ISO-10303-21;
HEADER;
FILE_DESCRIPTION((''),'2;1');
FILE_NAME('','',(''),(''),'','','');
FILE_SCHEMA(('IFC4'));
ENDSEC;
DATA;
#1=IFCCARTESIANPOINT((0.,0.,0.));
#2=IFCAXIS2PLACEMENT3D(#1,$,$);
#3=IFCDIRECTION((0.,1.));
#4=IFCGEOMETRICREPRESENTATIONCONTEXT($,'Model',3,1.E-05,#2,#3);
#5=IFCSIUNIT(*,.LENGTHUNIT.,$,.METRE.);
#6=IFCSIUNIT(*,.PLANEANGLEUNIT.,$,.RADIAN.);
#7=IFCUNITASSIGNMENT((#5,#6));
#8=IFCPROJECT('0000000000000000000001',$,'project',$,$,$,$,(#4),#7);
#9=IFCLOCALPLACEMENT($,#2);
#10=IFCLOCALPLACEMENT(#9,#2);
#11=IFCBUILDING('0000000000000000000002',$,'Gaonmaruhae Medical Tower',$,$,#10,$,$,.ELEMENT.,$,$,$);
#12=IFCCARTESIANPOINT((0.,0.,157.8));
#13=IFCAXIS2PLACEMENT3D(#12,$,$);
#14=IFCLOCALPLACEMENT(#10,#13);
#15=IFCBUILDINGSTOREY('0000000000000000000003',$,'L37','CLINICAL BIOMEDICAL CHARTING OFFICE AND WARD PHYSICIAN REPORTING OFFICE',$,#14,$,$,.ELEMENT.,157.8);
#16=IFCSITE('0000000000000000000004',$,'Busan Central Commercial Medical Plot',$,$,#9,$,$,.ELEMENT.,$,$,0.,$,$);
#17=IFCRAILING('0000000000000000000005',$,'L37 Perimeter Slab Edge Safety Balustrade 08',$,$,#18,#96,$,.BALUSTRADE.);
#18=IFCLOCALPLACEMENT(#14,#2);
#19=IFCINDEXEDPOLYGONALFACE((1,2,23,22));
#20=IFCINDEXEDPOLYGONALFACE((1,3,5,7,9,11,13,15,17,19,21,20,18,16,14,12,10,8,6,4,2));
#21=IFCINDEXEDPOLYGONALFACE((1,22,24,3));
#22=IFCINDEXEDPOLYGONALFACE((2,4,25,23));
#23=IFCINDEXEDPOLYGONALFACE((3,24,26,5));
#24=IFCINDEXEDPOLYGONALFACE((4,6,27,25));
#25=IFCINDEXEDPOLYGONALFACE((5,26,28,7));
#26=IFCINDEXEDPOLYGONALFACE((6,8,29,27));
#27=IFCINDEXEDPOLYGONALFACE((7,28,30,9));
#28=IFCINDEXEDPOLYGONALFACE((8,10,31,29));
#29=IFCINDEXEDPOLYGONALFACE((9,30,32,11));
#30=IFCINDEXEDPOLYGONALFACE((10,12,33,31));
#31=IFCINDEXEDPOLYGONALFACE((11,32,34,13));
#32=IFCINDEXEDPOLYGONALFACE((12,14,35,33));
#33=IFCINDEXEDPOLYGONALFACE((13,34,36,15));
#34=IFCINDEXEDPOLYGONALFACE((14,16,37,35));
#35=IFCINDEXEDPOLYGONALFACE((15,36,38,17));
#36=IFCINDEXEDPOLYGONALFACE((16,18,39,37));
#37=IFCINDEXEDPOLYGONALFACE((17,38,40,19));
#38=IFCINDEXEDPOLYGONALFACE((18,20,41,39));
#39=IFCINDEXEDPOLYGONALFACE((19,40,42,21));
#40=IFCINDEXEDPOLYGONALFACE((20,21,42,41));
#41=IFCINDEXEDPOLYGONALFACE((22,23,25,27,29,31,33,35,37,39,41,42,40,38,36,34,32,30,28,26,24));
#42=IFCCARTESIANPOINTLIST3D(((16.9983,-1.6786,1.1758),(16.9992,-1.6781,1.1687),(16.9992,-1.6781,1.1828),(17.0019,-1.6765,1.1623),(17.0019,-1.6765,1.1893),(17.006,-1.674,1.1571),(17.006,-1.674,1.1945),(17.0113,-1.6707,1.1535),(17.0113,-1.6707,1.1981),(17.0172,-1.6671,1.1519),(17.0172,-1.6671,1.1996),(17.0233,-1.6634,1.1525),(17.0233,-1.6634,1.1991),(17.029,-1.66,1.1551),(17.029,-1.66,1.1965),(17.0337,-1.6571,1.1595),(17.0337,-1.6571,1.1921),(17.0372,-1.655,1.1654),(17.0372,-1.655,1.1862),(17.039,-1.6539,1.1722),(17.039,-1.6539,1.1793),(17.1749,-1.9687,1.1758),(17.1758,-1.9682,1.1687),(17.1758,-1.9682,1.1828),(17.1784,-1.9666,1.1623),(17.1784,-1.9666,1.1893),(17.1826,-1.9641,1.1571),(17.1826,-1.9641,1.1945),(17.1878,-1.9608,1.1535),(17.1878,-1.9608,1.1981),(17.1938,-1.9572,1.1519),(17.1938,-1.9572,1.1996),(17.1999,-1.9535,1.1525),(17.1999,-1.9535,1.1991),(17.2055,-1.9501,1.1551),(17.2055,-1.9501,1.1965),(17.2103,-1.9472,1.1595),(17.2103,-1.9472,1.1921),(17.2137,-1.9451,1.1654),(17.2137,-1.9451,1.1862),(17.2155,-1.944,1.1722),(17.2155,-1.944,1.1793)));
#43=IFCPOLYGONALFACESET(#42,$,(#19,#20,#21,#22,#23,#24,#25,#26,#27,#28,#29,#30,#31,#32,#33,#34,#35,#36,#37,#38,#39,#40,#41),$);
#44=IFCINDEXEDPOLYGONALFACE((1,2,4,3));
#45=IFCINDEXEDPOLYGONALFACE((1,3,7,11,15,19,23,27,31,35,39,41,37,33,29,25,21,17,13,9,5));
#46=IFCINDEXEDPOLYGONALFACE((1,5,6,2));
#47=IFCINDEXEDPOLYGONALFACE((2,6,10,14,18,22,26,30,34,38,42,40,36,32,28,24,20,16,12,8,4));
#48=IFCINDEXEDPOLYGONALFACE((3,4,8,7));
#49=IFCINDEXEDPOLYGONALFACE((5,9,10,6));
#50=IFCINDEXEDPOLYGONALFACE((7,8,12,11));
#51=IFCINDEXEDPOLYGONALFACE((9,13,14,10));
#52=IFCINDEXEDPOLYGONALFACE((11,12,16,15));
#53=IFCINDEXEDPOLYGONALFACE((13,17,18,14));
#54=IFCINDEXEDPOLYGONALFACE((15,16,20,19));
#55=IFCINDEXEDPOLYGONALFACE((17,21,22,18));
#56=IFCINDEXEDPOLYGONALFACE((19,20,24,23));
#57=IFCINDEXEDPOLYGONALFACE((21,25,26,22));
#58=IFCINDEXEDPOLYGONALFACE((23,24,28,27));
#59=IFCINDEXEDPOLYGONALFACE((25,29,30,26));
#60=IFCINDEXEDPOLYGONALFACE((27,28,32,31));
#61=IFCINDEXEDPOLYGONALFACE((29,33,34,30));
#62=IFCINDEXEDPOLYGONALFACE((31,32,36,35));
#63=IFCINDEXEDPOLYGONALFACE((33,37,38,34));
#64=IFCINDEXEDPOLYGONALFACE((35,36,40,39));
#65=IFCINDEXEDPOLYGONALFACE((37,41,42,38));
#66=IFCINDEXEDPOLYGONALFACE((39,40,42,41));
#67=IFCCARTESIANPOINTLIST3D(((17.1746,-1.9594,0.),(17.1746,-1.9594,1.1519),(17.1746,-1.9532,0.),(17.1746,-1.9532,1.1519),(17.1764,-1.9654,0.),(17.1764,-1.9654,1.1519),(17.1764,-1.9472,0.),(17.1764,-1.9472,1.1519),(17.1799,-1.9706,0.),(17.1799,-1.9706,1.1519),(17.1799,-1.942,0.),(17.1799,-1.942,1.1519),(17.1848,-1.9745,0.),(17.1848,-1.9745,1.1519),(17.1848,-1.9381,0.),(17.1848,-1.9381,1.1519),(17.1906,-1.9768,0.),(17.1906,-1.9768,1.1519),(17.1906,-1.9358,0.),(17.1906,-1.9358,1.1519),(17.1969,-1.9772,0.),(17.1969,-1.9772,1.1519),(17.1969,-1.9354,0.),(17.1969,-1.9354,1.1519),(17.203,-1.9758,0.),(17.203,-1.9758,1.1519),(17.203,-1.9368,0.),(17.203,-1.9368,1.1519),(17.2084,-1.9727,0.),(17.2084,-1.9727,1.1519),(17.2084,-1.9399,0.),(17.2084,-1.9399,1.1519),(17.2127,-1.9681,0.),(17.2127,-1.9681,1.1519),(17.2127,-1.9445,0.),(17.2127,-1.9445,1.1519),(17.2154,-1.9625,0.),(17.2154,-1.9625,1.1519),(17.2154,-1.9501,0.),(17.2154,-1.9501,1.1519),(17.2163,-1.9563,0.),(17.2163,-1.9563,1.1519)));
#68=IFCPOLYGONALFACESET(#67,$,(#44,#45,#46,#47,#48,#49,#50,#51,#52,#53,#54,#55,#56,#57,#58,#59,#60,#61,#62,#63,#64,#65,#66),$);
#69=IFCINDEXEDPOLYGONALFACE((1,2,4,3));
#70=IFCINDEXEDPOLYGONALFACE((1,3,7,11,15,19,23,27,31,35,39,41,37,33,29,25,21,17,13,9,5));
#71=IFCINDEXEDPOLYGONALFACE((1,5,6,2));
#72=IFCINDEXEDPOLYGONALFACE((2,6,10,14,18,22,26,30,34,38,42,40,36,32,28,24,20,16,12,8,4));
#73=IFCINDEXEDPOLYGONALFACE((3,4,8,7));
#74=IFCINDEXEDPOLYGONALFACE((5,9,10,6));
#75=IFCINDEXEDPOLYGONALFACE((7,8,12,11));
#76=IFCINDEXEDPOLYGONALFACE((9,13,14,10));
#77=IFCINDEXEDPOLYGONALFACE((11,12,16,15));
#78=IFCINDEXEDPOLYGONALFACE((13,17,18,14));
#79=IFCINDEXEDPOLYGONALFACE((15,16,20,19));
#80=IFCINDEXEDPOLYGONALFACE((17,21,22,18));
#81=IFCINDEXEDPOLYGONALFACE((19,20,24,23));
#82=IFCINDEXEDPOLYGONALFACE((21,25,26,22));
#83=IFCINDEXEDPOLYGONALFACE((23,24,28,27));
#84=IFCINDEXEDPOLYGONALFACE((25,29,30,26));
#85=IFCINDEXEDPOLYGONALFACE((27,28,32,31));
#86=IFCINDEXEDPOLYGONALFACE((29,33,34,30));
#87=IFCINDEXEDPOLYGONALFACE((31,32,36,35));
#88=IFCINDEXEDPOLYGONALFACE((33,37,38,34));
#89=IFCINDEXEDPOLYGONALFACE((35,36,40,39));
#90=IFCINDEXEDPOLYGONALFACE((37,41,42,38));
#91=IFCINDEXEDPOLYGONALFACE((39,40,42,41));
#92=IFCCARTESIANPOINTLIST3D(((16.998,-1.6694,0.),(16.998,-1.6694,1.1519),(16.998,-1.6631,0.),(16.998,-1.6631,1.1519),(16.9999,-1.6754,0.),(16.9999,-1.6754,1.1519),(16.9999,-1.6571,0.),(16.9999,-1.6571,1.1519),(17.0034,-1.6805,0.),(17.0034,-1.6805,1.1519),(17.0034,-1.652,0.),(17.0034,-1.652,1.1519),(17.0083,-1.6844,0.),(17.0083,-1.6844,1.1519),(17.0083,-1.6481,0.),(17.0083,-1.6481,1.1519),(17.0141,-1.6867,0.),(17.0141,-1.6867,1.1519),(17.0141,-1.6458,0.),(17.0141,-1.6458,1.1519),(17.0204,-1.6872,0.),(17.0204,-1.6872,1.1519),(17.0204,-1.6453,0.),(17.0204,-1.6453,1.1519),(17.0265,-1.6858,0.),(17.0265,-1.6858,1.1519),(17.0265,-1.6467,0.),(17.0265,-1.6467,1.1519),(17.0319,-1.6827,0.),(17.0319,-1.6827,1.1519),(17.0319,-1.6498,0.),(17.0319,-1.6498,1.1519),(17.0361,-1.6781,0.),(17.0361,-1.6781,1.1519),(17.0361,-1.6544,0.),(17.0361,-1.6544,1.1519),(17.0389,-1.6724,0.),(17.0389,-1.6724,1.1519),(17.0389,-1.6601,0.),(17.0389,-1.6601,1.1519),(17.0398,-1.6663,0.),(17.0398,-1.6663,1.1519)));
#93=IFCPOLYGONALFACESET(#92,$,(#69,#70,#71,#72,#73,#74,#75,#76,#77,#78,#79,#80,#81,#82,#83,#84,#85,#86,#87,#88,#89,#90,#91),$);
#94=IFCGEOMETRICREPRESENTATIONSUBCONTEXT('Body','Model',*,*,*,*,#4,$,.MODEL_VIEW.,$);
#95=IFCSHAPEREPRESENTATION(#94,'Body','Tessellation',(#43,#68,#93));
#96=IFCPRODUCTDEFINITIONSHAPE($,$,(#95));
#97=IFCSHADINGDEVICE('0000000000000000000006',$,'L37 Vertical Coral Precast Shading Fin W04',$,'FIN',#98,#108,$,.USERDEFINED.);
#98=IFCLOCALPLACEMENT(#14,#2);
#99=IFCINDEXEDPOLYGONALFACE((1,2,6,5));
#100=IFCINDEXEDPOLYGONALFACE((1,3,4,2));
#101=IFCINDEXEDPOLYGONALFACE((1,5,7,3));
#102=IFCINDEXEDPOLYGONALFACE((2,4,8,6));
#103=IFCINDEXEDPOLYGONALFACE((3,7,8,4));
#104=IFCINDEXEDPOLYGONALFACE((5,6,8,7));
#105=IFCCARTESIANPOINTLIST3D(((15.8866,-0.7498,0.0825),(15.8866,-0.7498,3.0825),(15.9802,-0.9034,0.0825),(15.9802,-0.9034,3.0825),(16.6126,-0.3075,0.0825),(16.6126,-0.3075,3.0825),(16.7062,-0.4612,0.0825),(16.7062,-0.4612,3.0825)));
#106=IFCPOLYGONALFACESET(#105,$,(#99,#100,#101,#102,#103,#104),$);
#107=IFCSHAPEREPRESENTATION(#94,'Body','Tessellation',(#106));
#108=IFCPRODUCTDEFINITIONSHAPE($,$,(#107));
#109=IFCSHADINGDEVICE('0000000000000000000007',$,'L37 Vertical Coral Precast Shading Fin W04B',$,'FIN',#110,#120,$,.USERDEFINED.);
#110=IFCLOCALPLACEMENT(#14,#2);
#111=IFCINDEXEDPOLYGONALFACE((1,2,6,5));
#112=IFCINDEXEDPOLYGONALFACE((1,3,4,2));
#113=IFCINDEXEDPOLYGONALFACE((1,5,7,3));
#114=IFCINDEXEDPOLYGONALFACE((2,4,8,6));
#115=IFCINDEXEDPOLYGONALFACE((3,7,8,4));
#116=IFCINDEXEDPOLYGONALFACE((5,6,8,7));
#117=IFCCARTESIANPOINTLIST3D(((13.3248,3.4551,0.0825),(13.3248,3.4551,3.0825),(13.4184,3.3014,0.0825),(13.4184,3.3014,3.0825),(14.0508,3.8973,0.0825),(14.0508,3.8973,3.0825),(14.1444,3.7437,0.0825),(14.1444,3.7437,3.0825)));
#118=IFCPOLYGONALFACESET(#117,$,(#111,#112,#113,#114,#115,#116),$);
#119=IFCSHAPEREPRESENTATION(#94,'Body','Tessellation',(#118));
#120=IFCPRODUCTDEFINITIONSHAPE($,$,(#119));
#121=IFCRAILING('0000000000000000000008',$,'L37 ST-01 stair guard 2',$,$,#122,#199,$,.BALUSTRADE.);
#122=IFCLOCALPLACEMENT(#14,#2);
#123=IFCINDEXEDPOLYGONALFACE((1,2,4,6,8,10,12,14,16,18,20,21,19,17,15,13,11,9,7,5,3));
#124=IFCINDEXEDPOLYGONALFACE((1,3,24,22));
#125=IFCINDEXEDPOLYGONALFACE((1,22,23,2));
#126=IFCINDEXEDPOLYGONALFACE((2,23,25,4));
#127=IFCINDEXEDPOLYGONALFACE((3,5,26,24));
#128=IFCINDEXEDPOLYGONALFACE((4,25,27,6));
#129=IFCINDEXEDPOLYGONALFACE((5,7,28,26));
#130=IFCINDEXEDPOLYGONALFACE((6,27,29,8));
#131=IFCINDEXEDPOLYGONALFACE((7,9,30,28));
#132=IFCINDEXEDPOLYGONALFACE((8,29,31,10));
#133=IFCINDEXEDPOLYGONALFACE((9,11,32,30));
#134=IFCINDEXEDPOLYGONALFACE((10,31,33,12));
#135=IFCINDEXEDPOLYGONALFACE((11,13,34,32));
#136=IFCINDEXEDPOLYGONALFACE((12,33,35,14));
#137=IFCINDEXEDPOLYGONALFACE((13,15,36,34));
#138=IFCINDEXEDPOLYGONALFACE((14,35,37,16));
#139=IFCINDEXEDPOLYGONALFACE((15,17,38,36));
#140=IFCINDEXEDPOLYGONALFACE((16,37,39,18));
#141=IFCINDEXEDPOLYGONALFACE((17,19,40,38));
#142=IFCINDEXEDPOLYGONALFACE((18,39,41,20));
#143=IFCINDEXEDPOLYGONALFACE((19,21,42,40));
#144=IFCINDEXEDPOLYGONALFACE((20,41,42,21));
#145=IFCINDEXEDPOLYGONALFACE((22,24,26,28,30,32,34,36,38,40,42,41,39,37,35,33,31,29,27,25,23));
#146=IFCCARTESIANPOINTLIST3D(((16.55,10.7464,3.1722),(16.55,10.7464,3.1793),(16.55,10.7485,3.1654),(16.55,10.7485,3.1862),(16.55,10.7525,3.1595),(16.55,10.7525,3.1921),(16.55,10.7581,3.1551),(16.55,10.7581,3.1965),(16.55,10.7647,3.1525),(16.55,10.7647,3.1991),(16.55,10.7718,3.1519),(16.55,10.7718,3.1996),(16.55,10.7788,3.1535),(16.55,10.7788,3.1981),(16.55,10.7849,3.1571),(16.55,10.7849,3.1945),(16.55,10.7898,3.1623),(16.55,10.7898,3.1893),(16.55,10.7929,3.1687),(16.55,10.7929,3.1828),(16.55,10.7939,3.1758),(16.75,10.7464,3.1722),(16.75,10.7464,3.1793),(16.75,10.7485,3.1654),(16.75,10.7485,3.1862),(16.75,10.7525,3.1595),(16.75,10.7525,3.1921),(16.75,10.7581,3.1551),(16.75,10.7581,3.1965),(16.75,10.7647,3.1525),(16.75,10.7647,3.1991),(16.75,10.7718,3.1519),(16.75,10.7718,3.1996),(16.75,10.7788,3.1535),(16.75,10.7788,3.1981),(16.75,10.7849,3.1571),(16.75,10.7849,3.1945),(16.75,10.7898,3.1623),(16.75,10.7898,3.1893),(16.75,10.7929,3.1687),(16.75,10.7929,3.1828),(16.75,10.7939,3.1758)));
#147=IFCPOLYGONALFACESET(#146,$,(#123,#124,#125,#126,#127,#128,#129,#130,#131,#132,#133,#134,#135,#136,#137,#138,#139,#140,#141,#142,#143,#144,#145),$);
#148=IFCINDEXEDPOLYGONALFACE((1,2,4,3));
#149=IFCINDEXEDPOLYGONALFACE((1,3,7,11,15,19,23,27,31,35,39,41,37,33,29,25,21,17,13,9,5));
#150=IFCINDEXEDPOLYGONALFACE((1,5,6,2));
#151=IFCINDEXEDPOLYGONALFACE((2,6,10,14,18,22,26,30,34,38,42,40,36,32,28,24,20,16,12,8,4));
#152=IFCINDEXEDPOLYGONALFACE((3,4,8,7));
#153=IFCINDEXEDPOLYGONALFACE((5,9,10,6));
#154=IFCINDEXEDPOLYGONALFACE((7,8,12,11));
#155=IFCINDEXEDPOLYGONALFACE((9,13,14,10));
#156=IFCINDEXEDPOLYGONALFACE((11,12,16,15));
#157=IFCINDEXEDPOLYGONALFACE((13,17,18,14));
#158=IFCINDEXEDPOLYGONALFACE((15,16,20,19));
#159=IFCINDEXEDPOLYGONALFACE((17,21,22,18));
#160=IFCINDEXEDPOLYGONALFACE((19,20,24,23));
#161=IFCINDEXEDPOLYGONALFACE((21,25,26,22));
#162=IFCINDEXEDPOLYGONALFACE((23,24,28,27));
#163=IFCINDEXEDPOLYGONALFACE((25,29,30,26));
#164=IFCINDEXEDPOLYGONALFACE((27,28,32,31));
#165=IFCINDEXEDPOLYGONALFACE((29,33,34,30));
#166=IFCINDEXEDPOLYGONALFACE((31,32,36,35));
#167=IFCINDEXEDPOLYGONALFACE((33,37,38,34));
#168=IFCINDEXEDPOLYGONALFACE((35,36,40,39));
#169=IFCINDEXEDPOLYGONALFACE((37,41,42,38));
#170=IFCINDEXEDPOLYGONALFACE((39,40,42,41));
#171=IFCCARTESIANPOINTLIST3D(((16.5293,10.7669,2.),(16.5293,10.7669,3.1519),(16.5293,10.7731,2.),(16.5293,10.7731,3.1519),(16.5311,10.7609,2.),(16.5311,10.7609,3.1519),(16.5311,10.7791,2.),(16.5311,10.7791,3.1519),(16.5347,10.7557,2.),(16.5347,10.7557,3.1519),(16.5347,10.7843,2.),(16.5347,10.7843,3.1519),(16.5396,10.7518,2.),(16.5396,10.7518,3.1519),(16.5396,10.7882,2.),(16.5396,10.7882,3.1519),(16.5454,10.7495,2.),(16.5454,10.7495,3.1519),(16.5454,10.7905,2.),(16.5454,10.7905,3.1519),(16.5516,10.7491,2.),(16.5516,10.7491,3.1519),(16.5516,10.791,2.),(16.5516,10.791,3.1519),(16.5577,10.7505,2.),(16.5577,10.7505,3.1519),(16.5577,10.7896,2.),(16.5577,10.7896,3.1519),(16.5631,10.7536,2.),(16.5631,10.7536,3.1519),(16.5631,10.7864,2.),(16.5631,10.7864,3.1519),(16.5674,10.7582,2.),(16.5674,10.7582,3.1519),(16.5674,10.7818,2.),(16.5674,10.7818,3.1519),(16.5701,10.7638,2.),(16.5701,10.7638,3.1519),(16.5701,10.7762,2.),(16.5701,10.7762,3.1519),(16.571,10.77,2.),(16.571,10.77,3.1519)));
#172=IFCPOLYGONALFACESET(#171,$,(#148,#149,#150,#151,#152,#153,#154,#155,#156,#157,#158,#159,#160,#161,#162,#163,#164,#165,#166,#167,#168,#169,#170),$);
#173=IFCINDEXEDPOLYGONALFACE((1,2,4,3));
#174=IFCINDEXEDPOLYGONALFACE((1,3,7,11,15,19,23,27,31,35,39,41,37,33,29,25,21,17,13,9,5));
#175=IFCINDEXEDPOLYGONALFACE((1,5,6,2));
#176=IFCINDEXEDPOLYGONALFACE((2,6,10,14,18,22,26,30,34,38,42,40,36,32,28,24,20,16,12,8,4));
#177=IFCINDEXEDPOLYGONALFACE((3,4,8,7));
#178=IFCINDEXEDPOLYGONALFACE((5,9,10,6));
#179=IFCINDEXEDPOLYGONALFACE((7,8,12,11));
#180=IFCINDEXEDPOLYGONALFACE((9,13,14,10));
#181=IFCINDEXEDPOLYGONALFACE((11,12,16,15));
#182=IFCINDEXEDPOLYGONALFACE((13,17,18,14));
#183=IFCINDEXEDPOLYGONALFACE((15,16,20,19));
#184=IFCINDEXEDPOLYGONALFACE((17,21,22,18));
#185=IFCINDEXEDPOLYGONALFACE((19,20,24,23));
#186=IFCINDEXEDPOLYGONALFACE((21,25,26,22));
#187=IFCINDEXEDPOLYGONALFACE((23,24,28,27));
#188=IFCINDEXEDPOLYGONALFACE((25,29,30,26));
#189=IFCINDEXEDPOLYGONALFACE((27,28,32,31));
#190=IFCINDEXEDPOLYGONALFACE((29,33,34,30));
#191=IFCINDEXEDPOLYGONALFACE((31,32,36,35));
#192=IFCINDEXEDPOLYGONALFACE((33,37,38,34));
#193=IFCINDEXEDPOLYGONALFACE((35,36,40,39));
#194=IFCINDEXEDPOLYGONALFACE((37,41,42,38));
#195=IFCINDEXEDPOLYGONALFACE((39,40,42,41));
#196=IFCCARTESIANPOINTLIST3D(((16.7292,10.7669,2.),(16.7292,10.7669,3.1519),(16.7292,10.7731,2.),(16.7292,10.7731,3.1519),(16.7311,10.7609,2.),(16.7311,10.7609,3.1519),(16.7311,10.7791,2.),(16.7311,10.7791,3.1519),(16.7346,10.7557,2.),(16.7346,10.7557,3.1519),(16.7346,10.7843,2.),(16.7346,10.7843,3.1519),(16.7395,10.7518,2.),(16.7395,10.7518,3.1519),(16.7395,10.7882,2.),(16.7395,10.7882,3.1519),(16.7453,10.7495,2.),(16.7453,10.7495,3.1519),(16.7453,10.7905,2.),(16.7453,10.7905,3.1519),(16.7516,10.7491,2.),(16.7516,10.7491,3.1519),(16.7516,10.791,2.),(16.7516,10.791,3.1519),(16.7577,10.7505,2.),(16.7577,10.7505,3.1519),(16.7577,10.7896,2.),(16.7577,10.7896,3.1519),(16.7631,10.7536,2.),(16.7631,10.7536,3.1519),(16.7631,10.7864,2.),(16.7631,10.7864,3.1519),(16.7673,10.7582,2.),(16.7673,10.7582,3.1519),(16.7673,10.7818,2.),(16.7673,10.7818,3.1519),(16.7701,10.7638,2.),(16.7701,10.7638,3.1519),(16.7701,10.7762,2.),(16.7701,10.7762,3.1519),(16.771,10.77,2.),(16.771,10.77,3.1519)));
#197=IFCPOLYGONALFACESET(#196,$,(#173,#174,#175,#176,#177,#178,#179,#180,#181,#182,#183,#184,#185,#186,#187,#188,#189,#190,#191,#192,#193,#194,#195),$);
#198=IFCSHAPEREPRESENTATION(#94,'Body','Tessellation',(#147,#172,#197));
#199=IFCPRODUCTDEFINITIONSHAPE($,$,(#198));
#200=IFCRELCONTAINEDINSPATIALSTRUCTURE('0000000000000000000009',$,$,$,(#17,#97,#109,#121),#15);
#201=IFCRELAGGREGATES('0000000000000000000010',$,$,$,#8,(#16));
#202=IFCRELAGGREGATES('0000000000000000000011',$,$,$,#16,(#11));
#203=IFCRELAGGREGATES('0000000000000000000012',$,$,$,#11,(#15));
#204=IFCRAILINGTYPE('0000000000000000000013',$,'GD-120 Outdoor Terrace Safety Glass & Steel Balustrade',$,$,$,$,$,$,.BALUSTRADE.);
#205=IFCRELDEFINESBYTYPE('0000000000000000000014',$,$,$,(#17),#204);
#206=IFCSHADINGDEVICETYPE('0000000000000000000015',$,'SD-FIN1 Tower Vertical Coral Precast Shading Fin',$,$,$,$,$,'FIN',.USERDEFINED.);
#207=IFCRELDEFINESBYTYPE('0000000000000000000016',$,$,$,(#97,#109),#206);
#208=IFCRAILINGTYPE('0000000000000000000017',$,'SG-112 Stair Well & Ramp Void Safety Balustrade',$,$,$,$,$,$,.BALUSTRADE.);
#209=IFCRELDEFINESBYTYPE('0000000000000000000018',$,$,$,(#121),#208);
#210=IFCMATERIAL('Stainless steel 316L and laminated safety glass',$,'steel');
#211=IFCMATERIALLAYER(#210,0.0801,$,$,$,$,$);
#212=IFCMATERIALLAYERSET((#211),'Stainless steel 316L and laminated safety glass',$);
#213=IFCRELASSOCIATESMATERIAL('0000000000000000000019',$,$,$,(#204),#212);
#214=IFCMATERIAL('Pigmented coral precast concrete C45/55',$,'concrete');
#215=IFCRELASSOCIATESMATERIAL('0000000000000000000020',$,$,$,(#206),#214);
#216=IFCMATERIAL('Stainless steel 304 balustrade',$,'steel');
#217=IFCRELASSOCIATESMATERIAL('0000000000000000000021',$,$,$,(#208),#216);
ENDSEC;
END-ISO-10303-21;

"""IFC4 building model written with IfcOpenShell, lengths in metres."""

from ifc_helpers import new_model, si_unit, direction, frame, origin, origin_2d, place, context, subcontext, project, spatial, rectangle, circle, extrude, material, layer, layer_set, type_object, element, save


model = new_model("IFC4")

# Units and contexts
model_context = context("Model", 3, precision=1e-05, world=origin(), true_north=direction((0.0, 1.0)))
body_context = subcontext(model_context, "Body", "Model", "MODEL_VIEW")
ifc_project = project(units=[si_unit("LENGTHUNIT", "METRE"), si_unit("PLANEANGLEUNIT", "RADIAN")], contexts=[model_context])

# Site, building, storey
site_placement = place(None, origin())
site = spatial("IfcSite", under=ifc_project, at=site_placement, Name="Busan Central Commercial Medical Plot", CompositionType="ELEMENT", RefElevation=0.0)
building_placement = place(site_placement, origin())
building = spatial("IfcBuilding", under=site, at=building_placement, Name="Gaonmaruhae Medical Tower", CompositionType="ELEMENT")
storey_placement = place(building_placement, frame((0.0, 0.0, 157.8)))
storey = spatial("IfcBuildingStorey", under=building, at=storey_placement, Name="L37", Description="CLINICAL BIOMEDICAL CHARTING OFFICE AND WARD PHYSICIAN REPORTING OFFICE", CompositionType="ELEMENT", Elevation=157.8)

# Railing
ifc_material_1 = material(Name="Stainless steel 316L and laminated safety glass", Category="steel")
ifc_layer_1 = layer(ifc_material_1, 0.0801)
ifc_layer_set_1 = layer_set([ifc_layer_1], Name="Stainless steel 316L and laminated safety glass")
railing_type_1 = type_object("IfcRailingType", Name="GD-120 Outdoor Terrace Safety Glass & Steel Balustrade", PredefinedType="BALUSTRADE", material=ifc_layer_set_1)
railing_1_placement = place(storey_placement, frame((17.1953, -1.9563, 0.0)))
element("IfcRailing", 1, at=railing_1_placement, inside=storey, type_object=railing_type_1, Name="L37 Perimeter Slab Edge Safety Balustrade 08", PredefinedType="BALUSTRADE", context=body_context, shape_type="SweptSolid", body=[
    extrude(circle(Radius=0.0239, at=origin_2d()), frame((0.0, 0.0, 1.1758), z_axis=(-0.519879, 0.85424, 0.0), x_axis=(-0.85424, -0.519879, 0.0)), (0.0, 0.0, 1.0), 0.3396),
    extrude(circle(Radius=0.021, at=origin_2d()), origin(), (0.0, 0.0, 1.0), 1.1519),
    extrude(circle(Radius=0.021, at=origin_2d()), frame((-0.1765, 0.29, 0.0)), (0.0, 0.0, 1.0), 1.1519),
])

# Shading devices
ifc_material_2 = material(Name="Pigmented coral precast concrete C45/55", Category="concrete")
shading_device_type = type_object("IfcShadingDeviceType", Name="SD-FIN1 Tower Vertical Coral Precast Shading Fin", ElementType="FIN", PredefinedType="USERDEFINED", material=ifc_material_2)
for number, where, z_axis, x_axis, name in (
    (2, (16.2964, -0.6055, 0.0825), (0.0, 0.0, 1.0), (-0.520265, 0.854005, 0.0), "L37 Vertical Coral Precast Shading Fin W04"),
    (3, (13.7346, 3.5994, 0.0825), (0.0, 0.0, 1.0), (-0.520265, 0.854005, 0.0), "L37 Vertical Coral Precast Shading Fin W04B"),
):
    element("IfcShadingDevice", number, at=place(storey_placement, frame(where, z_axis=z_axis, x_axis=x_axis)), inside=storey, type_object=shading_device_type, Name=name, ObjectType="FIN", PredefinedType="USERDEFINED", context=body_context, shape_type="SweptSolid", body=[
        extrude(rectangle(XDim=0.1799, YDim=0.8501, at=origin_2d()), origin(), (0.0, 0.0, 1.0), 3.0),
    ])

# Railing
ifc_material_3 = material(Name="Stainless steel 304 balustrade", Category="steel")
railing_type_2 = type_object("IfcRailingType", Name="SG-112 Stair Well & Ramp Void Safety Balustrade", PredefinedType="BALUSTRADE", material=ifc_material_3)
railing_2_placement = place(storey_placement, frame((16.55, 10.77, 2.0)))
element("IfcRailing", 4, at=railing_2_placement, inside=storey, type_object=railing_type_2, Name="L37 ST-01 stair guard 2", PredefinedType="BALUSTRADE", context=body_context, shape_type="SweptSolid", body=[
    extrude(circle(Radius=0.0239, at=origin_2d()), frame((0.0, 0.0, 1.1758), z_axis=(1.0, 0.0, 0.0), x_axis=(0.0, 1.0, 0.0)), (0.0, 0.0, 1.0), 0.2),
    extrude(circle(Radius=0.021, at=origin_2d()), origin(), (0.0, 0.0, 1.0), 1.1519),
    extrude(circle(Radius=0.021, at=origin_2d()), frame((0.2, 0.0, 0.0)), (0.0, 0.0, 1.0), 1.1519),
])

save(model, "model.ifc")
